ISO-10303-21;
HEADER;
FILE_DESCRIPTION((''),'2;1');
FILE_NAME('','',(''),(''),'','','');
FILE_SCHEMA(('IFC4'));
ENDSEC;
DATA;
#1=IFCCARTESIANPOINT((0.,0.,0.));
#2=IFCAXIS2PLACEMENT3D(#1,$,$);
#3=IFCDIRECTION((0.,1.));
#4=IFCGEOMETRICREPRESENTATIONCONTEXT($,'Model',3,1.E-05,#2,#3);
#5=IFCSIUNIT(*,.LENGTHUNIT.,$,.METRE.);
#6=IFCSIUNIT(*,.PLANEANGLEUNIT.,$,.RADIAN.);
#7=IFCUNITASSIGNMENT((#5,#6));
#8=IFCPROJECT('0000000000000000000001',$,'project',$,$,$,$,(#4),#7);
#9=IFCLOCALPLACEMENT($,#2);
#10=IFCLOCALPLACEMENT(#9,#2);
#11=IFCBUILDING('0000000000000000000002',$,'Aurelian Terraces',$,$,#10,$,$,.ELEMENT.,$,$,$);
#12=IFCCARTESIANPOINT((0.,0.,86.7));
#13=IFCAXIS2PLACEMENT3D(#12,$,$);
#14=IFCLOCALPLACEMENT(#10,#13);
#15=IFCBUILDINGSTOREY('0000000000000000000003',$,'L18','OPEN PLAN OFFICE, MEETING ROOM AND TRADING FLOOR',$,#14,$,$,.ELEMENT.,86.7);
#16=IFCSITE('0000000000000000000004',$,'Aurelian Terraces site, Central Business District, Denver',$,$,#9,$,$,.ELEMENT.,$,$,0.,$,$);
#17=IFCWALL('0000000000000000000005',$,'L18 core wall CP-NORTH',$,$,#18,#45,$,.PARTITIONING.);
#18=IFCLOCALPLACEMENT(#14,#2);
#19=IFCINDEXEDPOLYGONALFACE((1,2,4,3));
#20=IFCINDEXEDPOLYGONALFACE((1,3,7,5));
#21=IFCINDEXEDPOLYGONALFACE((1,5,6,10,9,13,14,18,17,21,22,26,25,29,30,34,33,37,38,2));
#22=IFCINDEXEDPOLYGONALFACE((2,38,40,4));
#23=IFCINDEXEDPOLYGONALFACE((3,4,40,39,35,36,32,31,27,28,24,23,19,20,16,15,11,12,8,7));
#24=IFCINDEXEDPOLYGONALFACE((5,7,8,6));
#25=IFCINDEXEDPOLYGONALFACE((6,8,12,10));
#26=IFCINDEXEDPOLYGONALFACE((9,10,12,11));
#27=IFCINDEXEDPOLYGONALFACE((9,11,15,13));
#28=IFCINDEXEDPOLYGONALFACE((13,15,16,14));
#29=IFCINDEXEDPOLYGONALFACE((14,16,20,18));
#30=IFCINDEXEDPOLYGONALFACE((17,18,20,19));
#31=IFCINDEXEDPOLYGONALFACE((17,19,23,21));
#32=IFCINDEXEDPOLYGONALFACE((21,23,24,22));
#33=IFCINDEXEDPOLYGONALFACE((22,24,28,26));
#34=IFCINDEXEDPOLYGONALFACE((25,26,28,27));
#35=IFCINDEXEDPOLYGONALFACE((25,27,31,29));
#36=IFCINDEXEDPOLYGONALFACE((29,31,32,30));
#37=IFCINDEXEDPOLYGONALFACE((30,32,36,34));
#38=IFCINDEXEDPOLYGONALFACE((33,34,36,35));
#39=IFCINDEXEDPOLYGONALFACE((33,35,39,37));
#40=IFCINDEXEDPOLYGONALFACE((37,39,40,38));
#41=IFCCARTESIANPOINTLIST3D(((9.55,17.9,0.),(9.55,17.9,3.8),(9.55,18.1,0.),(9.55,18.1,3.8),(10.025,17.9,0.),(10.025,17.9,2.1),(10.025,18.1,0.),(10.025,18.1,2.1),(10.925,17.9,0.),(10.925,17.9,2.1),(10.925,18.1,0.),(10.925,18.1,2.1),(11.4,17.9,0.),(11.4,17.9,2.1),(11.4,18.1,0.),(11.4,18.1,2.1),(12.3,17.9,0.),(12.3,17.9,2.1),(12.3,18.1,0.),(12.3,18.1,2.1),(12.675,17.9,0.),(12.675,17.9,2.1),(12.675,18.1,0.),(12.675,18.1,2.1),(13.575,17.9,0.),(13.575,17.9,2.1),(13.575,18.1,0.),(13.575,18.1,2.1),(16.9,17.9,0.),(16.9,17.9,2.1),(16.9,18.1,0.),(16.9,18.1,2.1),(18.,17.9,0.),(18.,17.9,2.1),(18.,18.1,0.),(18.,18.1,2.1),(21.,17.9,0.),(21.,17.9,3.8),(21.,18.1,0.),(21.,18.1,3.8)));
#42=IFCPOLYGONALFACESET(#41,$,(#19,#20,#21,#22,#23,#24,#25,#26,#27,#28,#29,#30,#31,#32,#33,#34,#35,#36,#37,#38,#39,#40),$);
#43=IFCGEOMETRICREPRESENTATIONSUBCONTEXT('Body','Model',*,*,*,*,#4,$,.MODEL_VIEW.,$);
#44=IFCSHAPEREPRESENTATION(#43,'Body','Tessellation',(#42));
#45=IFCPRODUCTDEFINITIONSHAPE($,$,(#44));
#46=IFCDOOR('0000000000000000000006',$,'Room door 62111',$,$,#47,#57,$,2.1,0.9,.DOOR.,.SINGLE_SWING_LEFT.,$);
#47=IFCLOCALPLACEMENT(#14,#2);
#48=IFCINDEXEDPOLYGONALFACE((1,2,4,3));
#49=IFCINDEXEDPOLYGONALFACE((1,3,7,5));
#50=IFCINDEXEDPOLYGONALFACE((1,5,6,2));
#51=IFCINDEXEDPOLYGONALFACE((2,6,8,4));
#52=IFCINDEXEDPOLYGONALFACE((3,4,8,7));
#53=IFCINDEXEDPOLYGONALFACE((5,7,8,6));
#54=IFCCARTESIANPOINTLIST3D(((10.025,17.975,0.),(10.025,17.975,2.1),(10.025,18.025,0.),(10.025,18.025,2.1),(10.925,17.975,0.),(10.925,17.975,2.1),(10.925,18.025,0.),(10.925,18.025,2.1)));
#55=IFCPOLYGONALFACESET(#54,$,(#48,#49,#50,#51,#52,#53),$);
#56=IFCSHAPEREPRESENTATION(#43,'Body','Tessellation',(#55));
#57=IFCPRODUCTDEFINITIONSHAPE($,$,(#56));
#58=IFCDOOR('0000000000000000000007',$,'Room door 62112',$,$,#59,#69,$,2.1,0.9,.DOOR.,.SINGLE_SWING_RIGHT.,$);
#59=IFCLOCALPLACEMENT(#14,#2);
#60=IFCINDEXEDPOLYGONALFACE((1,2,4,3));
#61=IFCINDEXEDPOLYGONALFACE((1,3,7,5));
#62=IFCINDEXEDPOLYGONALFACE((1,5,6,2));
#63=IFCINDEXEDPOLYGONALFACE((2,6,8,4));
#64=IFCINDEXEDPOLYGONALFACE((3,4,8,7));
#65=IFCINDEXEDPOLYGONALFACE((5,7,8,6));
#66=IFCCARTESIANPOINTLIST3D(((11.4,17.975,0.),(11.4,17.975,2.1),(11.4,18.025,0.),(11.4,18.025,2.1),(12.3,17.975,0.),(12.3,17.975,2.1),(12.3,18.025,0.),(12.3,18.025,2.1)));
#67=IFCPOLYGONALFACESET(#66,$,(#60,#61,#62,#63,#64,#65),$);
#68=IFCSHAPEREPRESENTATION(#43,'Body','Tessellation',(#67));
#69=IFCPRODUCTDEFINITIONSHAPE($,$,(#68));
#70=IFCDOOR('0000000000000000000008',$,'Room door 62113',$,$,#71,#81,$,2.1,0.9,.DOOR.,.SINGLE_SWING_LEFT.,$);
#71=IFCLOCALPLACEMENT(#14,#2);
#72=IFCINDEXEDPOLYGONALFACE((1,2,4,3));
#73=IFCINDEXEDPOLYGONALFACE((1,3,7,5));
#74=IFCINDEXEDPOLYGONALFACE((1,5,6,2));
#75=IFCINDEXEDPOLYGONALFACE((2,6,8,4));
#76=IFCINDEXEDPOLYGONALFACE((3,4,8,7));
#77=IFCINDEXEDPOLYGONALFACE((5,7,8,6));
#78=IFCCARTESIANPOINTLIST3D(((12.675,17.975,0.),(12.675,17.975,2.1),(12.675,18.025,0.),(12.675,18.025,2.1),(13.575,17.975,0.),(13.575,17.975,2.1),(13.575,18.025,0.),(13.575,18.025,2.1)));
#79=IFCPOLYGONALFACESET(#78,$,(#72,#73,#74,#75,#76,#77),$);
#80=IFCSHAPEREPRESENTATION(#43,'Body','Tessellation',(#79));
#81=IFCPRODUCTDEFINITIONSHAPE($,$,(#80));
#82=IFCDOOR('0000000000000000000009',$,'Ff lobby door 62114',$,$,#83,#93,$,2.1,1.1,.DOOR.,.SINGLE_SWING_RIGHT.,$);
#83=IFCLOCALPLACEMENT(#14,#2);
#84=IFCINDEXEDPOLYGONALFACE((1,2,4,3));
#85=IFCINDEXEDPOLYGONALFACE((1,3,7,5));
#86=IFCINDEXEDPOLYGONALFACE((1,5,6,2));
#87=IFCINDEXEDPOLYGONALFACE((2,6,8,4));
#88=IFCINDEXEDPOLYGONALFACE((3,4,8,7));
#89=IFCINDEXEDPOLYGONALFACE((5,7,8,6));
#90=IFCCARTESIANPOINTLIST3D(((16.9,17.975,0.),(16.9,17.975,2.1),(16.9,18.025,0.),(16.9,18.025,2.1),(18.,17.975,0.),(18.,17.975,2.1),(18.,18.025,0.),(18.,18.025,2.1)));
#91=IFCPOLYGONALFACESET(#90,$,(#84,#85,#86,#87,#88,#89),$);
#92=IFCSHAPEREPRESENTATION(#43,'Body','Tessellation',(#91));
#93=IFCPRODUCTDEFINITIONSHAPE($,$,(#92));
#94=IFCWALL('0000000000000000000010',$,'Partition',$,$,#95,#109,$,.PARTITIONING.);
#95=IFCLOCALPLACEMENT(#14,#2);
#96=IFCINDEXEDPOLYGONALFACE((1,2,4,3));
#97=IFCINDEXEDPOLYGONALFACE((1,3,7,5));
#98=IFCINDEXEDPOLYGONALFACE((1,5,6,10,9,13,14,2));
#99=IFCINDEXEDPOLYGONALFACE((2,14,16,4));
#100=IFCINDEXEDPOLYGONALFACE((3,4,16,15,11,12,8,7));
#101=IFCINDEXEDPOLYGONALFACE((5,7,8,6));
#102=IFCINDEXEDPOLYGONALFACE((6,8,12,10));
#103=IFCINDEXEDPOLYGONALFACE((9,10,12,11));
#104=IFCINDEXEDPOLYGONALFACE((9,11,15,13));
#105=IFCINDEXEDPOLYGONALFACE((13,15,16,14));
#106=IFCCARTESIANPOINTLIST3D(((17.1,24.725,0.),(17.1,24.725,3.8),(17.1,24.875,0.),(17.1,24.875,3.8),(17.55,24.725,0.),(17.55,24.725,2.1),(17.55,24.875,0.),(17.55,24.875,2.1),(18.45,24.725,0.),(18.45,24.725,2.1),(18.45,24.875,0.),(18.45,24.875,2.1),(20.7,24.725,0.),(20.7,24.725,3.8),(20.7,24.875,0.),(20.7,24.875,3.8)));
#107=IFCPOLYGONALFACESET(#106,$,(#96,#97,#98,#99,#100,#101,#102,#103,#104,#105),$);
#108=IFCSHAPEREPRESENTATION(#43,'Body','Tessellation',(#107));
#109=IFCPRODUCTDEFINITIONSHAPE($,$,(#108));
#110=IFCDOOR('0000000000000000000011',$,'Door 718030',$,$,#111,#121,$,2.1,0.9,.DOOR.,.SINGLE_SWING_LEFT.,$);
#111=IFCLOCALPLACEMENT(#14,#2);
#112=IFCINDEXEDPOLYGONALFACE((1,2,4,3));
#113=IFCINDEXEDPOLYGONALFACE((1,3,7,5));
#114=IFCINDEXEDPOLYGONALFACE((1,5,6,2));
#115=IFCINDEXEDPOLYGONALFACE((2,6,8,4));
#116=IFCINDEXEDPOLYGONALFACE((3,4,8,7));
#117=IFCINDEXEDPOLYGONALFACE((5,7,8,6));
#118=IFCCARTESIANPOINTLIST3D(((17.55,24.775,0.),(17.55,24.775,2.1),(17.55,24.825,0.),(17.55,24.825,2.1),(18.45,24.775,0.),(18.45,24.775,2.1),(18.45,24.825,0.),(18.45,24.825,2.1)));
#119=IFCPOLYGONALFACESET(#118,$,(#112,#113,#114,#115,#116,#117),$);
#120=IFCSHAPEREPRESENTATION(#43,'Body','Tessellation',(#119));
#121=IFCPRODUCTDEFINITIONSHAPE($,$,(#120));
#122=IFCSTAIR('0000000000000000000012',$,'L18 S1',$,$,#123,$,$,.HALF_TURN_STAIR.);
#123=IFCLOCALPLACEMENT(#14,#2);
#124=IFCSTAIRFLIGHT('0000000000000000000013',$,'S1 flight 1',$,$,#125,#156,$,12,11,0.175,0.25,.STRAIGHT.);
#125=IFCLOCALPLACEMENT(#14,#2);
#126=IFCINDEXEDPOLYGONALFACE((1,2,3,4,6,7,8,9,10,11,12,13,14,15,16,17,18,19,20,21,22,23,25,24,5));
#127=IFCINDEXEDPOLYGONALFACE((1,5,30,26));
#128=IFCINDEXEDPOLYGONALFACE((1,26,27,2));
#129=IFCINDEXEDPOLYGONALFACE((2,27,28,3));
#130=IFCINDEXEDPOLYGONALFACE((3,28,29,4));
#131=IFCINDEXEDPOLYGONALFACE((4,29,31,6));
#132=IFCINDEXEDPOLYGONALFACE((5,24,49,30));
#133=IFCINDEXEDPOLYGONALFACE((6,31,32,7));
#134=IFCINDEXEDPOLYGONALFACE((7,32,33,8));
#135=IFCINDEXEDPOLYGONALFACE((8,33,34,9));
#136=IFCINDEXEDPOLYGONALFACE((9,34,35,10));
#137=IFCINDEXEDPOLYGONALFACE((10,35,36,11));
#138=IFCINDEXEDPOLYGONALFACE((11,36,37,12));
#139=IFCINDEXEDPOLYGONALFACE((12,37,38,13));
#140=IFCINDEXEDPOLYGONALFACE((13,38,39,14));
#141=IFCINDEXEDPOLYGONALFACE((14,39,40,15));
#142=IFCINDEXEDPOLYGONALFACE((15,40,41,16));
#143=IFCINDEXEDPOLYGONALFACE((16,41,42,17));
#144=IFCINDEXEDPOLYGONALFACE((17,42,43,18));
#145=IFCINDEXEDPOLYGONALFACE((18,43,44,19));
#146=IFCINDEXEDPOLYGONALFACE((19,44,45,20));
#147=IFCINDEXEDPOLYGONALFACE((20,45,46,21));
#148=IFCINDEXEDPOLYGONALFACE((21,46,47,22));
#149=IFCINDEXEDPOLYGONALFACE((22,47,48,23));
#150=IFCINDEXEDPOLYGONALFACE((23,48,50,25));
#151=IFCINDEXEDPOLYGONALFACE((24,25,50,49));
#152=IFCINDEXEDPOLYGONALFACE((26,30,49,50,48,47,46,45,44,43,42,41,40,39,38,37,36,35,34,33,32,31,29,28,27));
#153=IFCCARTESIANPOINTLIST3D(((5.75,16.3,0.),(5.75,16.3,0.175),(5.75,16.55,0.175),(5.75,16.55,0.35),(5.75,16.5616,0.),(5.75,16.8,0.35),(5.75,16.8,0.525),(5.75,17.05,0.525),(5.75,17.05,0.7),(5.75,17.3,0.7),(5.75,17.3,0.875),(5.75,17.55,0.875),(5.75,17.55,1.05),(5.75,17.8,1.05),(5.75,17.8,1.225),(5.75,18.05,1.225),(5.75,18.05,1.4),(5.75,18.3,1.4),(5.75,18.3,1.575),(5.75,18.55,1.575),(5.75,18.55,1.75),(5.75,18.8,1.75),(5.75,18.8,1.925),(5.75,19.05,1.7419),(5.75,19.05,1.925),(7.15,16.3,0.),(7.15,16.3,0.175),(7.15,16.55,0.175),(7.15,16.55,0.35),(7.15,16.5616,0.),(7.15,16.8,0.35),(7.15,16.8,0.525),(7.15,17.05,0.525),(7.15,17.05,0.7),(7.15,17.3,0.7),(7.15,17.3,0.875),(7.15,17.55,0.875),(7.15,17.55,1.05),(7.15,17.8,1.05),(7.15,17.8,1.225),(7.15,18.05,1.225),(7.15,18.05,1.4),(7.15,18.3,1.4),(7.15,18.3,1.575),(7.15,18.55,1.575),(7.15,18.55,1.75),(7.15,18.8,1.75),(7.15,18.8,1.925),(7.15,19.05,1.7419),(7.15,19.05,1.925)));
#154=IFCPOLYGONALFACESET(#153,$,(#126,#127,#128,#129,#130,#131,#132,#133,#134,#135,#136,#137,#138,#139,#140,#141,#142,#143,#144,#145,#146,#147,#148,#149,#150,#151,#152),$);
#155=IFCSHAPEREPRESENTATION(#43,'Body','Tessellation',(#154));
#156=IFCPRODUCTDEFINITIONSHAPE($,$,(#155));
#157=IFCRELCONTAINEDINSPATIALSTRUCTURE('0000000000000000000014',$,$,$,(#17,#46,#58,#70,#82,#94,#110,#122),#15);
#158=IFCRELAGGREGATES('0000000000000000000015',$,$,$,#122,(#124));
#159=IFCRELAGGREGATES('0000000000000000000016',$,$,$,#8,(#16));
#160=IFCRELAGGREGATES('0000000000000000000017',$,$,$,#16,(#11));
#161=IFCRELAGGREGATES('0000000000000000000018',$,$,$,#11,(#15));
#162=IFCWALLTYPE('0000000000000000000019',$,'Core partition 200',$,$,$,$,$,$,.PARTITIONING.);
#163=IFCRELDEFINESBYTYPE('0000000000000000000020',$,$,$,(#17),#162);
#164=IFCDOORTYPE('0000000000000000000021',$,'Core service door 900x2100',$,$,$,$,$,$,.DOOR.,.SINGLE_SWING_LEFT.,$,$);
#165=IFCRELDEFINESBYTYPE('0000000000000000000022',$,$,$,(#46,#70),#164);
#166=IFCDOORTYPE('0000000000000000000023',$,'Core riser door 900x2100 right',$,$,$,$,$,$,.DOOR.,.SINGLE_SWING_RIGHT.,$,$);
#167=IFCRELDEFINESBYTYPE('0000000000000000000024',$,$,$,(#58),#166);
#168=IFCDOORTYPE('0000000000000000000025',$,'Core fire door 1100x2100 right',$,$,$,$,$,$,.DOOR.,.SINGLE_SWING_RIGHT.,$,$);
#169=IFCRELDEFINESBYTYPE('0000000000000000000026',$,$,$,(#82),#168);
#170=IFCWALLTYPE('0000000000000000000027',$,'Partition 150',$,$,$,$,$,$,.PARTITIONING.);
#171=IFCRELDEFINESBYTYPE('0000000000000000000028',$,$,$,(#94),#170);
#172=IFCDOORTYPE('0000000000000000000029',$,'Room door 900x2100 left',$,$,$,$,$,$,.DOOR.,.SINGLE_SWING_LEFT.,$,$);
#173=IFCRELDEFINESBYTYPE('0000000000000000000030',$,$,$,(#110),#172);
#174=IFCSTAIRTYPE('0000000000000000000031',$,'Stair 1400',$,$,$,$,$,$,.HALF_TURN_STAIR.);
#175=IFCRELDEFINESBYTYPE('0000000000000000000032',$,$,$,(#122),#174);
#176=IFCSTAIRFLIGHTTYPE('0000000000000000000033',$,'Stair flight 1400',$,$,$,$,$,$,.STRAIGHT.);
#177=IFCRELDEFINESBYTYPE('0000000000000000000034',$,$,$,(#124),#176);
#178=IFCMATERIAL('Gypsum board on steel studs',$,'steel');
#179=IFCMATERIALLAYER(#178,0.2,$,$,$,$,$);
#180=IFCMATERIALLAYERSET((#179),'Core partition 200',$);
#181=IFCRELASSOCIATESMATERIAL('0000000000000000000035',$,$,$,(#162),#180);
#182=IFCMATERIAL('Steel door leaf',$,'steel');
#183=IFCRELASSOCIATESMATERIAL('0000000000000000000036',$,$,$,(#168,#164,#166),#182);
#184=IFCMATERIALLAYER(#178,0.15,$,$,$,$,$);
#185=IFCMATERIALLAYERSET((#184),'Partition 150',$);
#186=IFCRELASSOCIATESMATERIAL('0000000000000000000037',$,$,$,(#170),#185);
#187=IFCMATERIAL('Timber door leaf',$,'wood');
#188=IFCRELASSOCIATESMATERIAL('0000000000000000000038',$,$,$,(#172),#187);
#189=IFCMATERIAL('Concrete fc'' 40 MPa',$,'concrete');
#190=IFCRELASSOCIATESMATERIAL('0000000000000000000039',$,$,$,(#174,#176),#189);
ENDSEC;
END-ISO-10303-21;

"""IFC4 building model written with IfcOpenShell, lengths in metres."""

from ifc_helpers import new_model, si_unit, direction, frame, frame_2d, origin, place, context, subcontext, project, spatial, polyline, rectangle, outline, extrude, source, transform, mapped, material, layer, layer_set, type_object, element, fill, aggregate, save


model = new_model("IFC4")

# Units and contexts
model_context = context("Model", 3, precision=1e-05, world=origin(), true_north=direction((0.0, 1.0)))
body_context = subcontext(model_context, "Body", "Model", "MODEL_VIEW")
ifc_project = project(units=[si_unit("LENGTHUNIT", "METRE"), si_unit("PLANEANGLEUNIT", "RADIAN")], contexts=[model_context])

# Site, building, storey
site_placement = place(None, origin())
site = spatial("IfcSite", under=ifc_project, at=site_placement, Name="Aurelian Terraces site, Central Business District, Denver", CompositionType="ELEMENT", RefElevation=0.0)
building_placement = place(site_placement, origin())
building = spatial("IfcBuilding", under=site, at=building_placement, Name="Aurelian Terraces", CompositionType="ELEMENT")
storey_placement = place(building_placement, frame((0.0, 0.0, 86.7)))
storey = spatial("IfcBuildingStorey", under=building, at=storey_placement, Name="L18", Description="OPEN PLAN OFFICE, MEETING ROOM AND TRADING FLOOR", CompositionType="ELEMENT", Elevation=86.7)

# Shared definitions
ifc_material_1 = material(Name="Concrete fc' 40 MPa", Category="concrete")
ifc_material_2 = material(Name="Gypsum board on steel studs", Category="steel")
ifc_layer_1 = layer(ifc_material_2, 0.2)
ifc_layer_set_1 = layer_set([ifc_layer_1], Name="Core partition 200")
wall_type_1 = type_object("IfcWallType", Name="Core partition 200", PredefinedType="PARTITIONING", material=ifc_layer_set_1)

# Shared definitions
ifc_material_3 = material(Name="Steel door leaf", Category="steel")
door_type_1 = type_object("IfcDoorType", Name="Core fire door 1100x2100 right", OperationType="SINGLE_SWING_RIGHT", PredefinedType="DOOR", material=ifc_material_3)
shared_shape_1 = source(origin(), body_context, "Body", "SweptSolid", [
    extrude(rectangle(XDim=1.1, YDim=2.1, at=frame_2d((0.55, 1.05))), frame((0.0, 0.025, 0.0), z_axis=(0.0, -1.0, 0.0), x_axis=(1.0, 0.0, 0.0)), (0.0, 0.0, 1.0), 0.05),
])

# Wall, openings, doors
shared_shape_2 = source(origin(), body_context, "Body", "SweptSolid", [
    extrude(rectangle(XDim=11.45, YDim=0.2, at=frame_2d((5.725, 0.0))), origin(), (0.0, 0.0, 1.0), 3.8),
])
wall_1_placement = place(storey_placement, frame((9.55, 18.0, 0.0), z_axis=(0.0, 0.0, 1.0), x_axis=(1.0, 0.0, 0.0)))
wall_1 = element("IfcWall", 1, at=wall_1_placement, inside=storey, type_object=wall_type_1, Name="L18 core wall CP-NORTH", PredefinedType="PARTITIONING", context=body_context, shape_type="MappedRepresentation", body=[
    mapped(shared_shape_2, transform((0.0, 0.0, 0.0), scale=1.0)),
])
shared_shape_3 = source(origin(), body_context, "Body", "SweptSolid", [
    extrude(rectangle(XDim=0.9, YDim=2.1, at=frame_2d((0.45, 1.05))), frame((0.0, 0.11, 0.0), z_axis=(0.0, -1.0, 0.0), x_axis=(1.0, 0.0, 0.0)), (0.0, 0.0, 1.0), 0.22),
])
opening_1_placement = place(wall_1_placement, frame((0.475, 0.0, 0.0)))
opening_1 = element("IfcOpeningElement", 2, at=opening_1_placement, cuts=wall_1, PredefinedType="OPENING", context=body_context, shape_type="MappedRepresentation", body=[
    mapped(shared_shape_3, transform((0.0, 0.0, 0.0), scale=1.0)),
])
opening_2_placement = place(wall_1_placement, frame((1.85, 0.0, 0.0)))
opening_2 = element("IfcOpeningElement", 3, at=opening_2_placement, cuts=wall_1, PredefinedType="OPENING", context=body_context, shape_type="MappedRepresentation", body=[
    mapped(shared_shape_3, transform((0.0, 0.0, 0.0), scale=1.0)),
])
opening_3_placement = place(wall_1_placement, frame((3.125, 0.0, 0.0)))
opening_3 = element("IfcOpeningElement", 4, at=opening_3_placement, cuts=wall_1, PredefinedType="OPENING", context=body_context, shape_type="MappedRepresentation", body=[
    mapped(shared_shape_3, transform((0.0, 0.0, 0.0), scale=1.0)),
])
shared_shape_4 = source(origin(), body_context, "Body", "SweptSolid", [
    extrude(rectangle(XDim=1.1, YDim=2.1, at=frame_2d((0.55, 1.05))), frame((0.0, 0.11, 0.0), z_axis=(0.0, -1.0, 0.0), x_axis=(1.0, 0.0, 0.0)), (0.0, 0.0, 1.0), 0.22),
])
opening_4_placement = place(wall_1_placement, frame((7.35, 0.0, 0.0)))
opening_4 = element("IfcOpeningElement", 5, at=opening_4_placement, cuts=wall_1, PredefinedType="OPENING", context=body_context, shape_type="MappedRepresentation", body=[
    mapped(shared_shape_4, transform((0.0, 0.0, 0.0), scale=1.0)),
])
door_type_2 = type_object("IfcDoorType", Name="Core service door 900x2100", OperationType="SINGLE_SWING_LEFT", PredefinedType="DOOR", material=ifc_material_3)
shared_shape_5 = source(origin(), body_context, "Body", "SweptSolid", [
    extrude(rectangle(XDim=0.9, YDim=2.1, at=frame_2d((0.45, 1.05))), frame((0.0, 0.025, 0.0), z_axis=(0.0, -1.0, 0.0), x_axis=(1.0, 0.0, 0.0)), (0.0, 0.0, 1.0), 0.05),
])
door_1_placement = place(opening_1_placement, origin())
door_1 = element("IfcDoor", 6, at=door_1_placement, inside=storey, type_object=door_type_2, Name="Room door 62111", OperationType="SINGLE_SWING_LEFT", OverallHeight=2.1, OverallWidth=0.9, PredefinedType="DOOR", context=body_context, shape_type="MappedRepresentation", body=[
    mapped(shared_shape_5, transform((0.0, 0.0, 0.0), scale=1.0)),
])
fill(opening_1, door_1)
door_type_3 = type_object("IfcDoorType", Name="Core riser door 900x2100 right", OperationType="SINGLE_SWING_RIGHT", PredefinedType="DOOR", material=ifc_material_3)
door_2_placement = place(opening_2_placement, origin())
door_2 = element("IfcDoor", 7, at=door_2_placement, inside=storey, type_object=door_type_3, Name="Room door 62112", OperationType="SINGLE_SWING_RIGHT", OverallHeight=2.1, OverallWidth=0.9, PredefinedType="DOOR", context=body_context, shape_type="MappedRepresentation", body=[
    mapped(shared_shape_5, transform((0.0, 0.0, 0.0), scale=1.0)),
])
fill(opening_2, door_2)
door_3_placement = place(opening_3_placement, origin())
door_3 = element("IfcDoor", 8, at=door_3_placement, inside=storey, type_object=door_type_2, Name="Room door 62113", OperationType="SINGLE_SWING_LEFT", OverallHeight=2.1, OverallWidth=0.9, PredefinedType="DOOR", context=body_context, shape_type="MappedRepresentation", body=[
    mapped(shared_shape_5, transform((0.0, 0.0, 0.0), scale=1.0)),
])
fill(opening_3, door_3)
door_4_placement = place(opening_4_placement, origin())
door_4 = element("IfcDoor", 9, at=door_4_placement, inside=storey, type_object=door_type_1, Name="Ff lobby door 62114", OperationType="SINGLE_SWING_RIGHT", OverallHeight=2.1, OverallWidth=1.1, PredefinedType="DOOR", context=body_context, shape_type="MappedRepresentation", body=[
    mapped(shared_shape_1, transform((0.0, 0.0, 0.0), scale=1.0)),
])
fill(opening_4, door_4)

# Wall, opening, door
ifc_layer_2 = layer(ifc_material_2, 0.15)
ifc_layer_set_2 = layer_set([ifc_layer_2], Name="Partition 150")
wall_type_2 = type_object("IfcWallType", Name="Partition 150", PredefinedType="PARTITIONING", material=ifc_layer_set_2)
shared_shape_6 = source(origin(), body_context, "Body", "SweptSolid", [
    extrude(rectangle(XDim=3.6, YDim=0.15, at=frame_2d((1.8, 0.0))), origin(), (0.0, 0.0, 1.0), 3.8),
])
wall_2_placement = place(storey_placement, frame((17.1, 24.8, 0.0), z_axis=(0.0, 0.0, 1.0), x_axis=(1.0, 0.0, 0.0)))
wall_2 = element("IfcWall", 10, at=wall_2_placement, inside=storey, type_object=wall_type_2, Name="Partition", PredefinedType="PARTITIONING", context=body_context, shape_type="MappedRepresentation", body=[
    mapped(shared_shape_6, transform((0.0, 0.0, 0.0), scale=1.0)),
])
shared_shape_7 = source(origin(), body_context, "Body", "SweptSolid", [
    extrude(rectangle(XDim=0.9, YDim=2.1, at=frame_2d((0.45, 1.05))), frame((0.0, 0.085, 0.0), z_axis=(0.0, -1.0, 0.0), x_axis=(1.0, 0.0, 0.0)), (0.0, 0.0, 1.0), 0.17),
])
opening_5_placement = place(wall_2_placement, frame((0.45, 0.0, 0.0)))
opening_5 = element("IfcOpeningElement", 11, at=opening_5_placement, cuts=wall_2, PredefinedType="OPENING", context=body_context, shape_type="MappedRepresentation", body=[
    mapped(shared_shape_7, transform((0.0, 0.0, 0.0), scale=1.0)),
])
ifc_material_4 = material(Name="Timber door leaf", Category="wood")
door_type_4 = type_object("IfcDoorType", Name="Room door 900x2100 left", OperationType="SINGLE_SWING_LEFT", PredefinedType="DOOR", material=ifc_material_4)
door_5_placement = place(opening_5_placement, origin())
door_5 = element("IfcDoor", 12, at=door_5_placement, inside=storey, type_object=door_type_4, Name="Door 718030", OperationType="SINGLE_SWING_LEFT", OverallHeight=2.1, OverallWidth=0.9, PredefinedType="DOOR", context=body_context, shape_type="MappedRepresentation", body=[
    mapped(shared_shape_5, transform((0.0, 0.0, 0.0), scale=1.0)),
])
fill(opening_5, door_5)

# Stair, stair flight
stair_type = type_object("IfcStairType", Name="Stair 1400", PredefinedType="HALF_TURN_STAIR", material=ifc_material_1)
stair_placement = place(storey_placement, origin())
stair = element("IfcStair", 13, at=stair_placement, inside=storey, type_object=stair_type, Name="L18 S1", PredefinedType="HALF_TURN_STAIR")
stair_flight_type = type_object("IfcStairFlightType", Name="Stair flight 1400", PredefinedType="STRAIGHT", material=ifc_material_1)
shared_shape_8 = source(origin(), body_context, "Body", "SweptSolid", [
    extrude(outline(polyline([(0.0, 0.0), (0.0, 0.175), (0.25, 0.175), (0.25, 0.35), (0.5, 0.35), (0.5, 0.525), (0.75, 0.525), (0.75, 0.7), (1.0, 0.7), (1.0, 0.875), (1.25, 0.875), (1.25, 1.05), (1.5, 1.05), (1.5, 1.225), (1.75, 1.225), (1.75, 1.4), (2.0, 1.4), (2.0, 1.575), (2.25, 1.575), (2.25, 1.75), (2.5, 1.75), (2.5, 1.925), (2.75, 1.925), (2.75, 2.1), (2.75, 1.7419), (0.2616, 0.0), (0.0, 0.0)])), frame((0.0, 0.7, 0.0), z_axis=(0.0, -1.0, 0.0), x_axis=(1.0, 0.0, 0.0)), (0.0, 0.0, 1.0), 1.4),
])
stair_flight_placement = place(storey_placement, frame((6.45, 16.3, 0.0), z_axis=(0.0, 0.0, 1.0), x_axis=(0.0, 1.0, 0.0)))
stair_flight = element("IfcStairFlight", 14, at=stair_flight_placement, type_object=stair_flight_type, Name="S1 flight 1", NumberOfRisers=12, NumberOfTreads=11, PredefinedType="STRAIGHT", RiserHeight=0.175, TreadLength=0.25, context=body_context, shape_type="MappedRepresentation", body=[
    mapped(shared_shape_8, transform((0.0, 0.0, 0.0), scale=1.0)),
])
aggregate(stair, [stair_flight])

save(model, "model.ifc")
